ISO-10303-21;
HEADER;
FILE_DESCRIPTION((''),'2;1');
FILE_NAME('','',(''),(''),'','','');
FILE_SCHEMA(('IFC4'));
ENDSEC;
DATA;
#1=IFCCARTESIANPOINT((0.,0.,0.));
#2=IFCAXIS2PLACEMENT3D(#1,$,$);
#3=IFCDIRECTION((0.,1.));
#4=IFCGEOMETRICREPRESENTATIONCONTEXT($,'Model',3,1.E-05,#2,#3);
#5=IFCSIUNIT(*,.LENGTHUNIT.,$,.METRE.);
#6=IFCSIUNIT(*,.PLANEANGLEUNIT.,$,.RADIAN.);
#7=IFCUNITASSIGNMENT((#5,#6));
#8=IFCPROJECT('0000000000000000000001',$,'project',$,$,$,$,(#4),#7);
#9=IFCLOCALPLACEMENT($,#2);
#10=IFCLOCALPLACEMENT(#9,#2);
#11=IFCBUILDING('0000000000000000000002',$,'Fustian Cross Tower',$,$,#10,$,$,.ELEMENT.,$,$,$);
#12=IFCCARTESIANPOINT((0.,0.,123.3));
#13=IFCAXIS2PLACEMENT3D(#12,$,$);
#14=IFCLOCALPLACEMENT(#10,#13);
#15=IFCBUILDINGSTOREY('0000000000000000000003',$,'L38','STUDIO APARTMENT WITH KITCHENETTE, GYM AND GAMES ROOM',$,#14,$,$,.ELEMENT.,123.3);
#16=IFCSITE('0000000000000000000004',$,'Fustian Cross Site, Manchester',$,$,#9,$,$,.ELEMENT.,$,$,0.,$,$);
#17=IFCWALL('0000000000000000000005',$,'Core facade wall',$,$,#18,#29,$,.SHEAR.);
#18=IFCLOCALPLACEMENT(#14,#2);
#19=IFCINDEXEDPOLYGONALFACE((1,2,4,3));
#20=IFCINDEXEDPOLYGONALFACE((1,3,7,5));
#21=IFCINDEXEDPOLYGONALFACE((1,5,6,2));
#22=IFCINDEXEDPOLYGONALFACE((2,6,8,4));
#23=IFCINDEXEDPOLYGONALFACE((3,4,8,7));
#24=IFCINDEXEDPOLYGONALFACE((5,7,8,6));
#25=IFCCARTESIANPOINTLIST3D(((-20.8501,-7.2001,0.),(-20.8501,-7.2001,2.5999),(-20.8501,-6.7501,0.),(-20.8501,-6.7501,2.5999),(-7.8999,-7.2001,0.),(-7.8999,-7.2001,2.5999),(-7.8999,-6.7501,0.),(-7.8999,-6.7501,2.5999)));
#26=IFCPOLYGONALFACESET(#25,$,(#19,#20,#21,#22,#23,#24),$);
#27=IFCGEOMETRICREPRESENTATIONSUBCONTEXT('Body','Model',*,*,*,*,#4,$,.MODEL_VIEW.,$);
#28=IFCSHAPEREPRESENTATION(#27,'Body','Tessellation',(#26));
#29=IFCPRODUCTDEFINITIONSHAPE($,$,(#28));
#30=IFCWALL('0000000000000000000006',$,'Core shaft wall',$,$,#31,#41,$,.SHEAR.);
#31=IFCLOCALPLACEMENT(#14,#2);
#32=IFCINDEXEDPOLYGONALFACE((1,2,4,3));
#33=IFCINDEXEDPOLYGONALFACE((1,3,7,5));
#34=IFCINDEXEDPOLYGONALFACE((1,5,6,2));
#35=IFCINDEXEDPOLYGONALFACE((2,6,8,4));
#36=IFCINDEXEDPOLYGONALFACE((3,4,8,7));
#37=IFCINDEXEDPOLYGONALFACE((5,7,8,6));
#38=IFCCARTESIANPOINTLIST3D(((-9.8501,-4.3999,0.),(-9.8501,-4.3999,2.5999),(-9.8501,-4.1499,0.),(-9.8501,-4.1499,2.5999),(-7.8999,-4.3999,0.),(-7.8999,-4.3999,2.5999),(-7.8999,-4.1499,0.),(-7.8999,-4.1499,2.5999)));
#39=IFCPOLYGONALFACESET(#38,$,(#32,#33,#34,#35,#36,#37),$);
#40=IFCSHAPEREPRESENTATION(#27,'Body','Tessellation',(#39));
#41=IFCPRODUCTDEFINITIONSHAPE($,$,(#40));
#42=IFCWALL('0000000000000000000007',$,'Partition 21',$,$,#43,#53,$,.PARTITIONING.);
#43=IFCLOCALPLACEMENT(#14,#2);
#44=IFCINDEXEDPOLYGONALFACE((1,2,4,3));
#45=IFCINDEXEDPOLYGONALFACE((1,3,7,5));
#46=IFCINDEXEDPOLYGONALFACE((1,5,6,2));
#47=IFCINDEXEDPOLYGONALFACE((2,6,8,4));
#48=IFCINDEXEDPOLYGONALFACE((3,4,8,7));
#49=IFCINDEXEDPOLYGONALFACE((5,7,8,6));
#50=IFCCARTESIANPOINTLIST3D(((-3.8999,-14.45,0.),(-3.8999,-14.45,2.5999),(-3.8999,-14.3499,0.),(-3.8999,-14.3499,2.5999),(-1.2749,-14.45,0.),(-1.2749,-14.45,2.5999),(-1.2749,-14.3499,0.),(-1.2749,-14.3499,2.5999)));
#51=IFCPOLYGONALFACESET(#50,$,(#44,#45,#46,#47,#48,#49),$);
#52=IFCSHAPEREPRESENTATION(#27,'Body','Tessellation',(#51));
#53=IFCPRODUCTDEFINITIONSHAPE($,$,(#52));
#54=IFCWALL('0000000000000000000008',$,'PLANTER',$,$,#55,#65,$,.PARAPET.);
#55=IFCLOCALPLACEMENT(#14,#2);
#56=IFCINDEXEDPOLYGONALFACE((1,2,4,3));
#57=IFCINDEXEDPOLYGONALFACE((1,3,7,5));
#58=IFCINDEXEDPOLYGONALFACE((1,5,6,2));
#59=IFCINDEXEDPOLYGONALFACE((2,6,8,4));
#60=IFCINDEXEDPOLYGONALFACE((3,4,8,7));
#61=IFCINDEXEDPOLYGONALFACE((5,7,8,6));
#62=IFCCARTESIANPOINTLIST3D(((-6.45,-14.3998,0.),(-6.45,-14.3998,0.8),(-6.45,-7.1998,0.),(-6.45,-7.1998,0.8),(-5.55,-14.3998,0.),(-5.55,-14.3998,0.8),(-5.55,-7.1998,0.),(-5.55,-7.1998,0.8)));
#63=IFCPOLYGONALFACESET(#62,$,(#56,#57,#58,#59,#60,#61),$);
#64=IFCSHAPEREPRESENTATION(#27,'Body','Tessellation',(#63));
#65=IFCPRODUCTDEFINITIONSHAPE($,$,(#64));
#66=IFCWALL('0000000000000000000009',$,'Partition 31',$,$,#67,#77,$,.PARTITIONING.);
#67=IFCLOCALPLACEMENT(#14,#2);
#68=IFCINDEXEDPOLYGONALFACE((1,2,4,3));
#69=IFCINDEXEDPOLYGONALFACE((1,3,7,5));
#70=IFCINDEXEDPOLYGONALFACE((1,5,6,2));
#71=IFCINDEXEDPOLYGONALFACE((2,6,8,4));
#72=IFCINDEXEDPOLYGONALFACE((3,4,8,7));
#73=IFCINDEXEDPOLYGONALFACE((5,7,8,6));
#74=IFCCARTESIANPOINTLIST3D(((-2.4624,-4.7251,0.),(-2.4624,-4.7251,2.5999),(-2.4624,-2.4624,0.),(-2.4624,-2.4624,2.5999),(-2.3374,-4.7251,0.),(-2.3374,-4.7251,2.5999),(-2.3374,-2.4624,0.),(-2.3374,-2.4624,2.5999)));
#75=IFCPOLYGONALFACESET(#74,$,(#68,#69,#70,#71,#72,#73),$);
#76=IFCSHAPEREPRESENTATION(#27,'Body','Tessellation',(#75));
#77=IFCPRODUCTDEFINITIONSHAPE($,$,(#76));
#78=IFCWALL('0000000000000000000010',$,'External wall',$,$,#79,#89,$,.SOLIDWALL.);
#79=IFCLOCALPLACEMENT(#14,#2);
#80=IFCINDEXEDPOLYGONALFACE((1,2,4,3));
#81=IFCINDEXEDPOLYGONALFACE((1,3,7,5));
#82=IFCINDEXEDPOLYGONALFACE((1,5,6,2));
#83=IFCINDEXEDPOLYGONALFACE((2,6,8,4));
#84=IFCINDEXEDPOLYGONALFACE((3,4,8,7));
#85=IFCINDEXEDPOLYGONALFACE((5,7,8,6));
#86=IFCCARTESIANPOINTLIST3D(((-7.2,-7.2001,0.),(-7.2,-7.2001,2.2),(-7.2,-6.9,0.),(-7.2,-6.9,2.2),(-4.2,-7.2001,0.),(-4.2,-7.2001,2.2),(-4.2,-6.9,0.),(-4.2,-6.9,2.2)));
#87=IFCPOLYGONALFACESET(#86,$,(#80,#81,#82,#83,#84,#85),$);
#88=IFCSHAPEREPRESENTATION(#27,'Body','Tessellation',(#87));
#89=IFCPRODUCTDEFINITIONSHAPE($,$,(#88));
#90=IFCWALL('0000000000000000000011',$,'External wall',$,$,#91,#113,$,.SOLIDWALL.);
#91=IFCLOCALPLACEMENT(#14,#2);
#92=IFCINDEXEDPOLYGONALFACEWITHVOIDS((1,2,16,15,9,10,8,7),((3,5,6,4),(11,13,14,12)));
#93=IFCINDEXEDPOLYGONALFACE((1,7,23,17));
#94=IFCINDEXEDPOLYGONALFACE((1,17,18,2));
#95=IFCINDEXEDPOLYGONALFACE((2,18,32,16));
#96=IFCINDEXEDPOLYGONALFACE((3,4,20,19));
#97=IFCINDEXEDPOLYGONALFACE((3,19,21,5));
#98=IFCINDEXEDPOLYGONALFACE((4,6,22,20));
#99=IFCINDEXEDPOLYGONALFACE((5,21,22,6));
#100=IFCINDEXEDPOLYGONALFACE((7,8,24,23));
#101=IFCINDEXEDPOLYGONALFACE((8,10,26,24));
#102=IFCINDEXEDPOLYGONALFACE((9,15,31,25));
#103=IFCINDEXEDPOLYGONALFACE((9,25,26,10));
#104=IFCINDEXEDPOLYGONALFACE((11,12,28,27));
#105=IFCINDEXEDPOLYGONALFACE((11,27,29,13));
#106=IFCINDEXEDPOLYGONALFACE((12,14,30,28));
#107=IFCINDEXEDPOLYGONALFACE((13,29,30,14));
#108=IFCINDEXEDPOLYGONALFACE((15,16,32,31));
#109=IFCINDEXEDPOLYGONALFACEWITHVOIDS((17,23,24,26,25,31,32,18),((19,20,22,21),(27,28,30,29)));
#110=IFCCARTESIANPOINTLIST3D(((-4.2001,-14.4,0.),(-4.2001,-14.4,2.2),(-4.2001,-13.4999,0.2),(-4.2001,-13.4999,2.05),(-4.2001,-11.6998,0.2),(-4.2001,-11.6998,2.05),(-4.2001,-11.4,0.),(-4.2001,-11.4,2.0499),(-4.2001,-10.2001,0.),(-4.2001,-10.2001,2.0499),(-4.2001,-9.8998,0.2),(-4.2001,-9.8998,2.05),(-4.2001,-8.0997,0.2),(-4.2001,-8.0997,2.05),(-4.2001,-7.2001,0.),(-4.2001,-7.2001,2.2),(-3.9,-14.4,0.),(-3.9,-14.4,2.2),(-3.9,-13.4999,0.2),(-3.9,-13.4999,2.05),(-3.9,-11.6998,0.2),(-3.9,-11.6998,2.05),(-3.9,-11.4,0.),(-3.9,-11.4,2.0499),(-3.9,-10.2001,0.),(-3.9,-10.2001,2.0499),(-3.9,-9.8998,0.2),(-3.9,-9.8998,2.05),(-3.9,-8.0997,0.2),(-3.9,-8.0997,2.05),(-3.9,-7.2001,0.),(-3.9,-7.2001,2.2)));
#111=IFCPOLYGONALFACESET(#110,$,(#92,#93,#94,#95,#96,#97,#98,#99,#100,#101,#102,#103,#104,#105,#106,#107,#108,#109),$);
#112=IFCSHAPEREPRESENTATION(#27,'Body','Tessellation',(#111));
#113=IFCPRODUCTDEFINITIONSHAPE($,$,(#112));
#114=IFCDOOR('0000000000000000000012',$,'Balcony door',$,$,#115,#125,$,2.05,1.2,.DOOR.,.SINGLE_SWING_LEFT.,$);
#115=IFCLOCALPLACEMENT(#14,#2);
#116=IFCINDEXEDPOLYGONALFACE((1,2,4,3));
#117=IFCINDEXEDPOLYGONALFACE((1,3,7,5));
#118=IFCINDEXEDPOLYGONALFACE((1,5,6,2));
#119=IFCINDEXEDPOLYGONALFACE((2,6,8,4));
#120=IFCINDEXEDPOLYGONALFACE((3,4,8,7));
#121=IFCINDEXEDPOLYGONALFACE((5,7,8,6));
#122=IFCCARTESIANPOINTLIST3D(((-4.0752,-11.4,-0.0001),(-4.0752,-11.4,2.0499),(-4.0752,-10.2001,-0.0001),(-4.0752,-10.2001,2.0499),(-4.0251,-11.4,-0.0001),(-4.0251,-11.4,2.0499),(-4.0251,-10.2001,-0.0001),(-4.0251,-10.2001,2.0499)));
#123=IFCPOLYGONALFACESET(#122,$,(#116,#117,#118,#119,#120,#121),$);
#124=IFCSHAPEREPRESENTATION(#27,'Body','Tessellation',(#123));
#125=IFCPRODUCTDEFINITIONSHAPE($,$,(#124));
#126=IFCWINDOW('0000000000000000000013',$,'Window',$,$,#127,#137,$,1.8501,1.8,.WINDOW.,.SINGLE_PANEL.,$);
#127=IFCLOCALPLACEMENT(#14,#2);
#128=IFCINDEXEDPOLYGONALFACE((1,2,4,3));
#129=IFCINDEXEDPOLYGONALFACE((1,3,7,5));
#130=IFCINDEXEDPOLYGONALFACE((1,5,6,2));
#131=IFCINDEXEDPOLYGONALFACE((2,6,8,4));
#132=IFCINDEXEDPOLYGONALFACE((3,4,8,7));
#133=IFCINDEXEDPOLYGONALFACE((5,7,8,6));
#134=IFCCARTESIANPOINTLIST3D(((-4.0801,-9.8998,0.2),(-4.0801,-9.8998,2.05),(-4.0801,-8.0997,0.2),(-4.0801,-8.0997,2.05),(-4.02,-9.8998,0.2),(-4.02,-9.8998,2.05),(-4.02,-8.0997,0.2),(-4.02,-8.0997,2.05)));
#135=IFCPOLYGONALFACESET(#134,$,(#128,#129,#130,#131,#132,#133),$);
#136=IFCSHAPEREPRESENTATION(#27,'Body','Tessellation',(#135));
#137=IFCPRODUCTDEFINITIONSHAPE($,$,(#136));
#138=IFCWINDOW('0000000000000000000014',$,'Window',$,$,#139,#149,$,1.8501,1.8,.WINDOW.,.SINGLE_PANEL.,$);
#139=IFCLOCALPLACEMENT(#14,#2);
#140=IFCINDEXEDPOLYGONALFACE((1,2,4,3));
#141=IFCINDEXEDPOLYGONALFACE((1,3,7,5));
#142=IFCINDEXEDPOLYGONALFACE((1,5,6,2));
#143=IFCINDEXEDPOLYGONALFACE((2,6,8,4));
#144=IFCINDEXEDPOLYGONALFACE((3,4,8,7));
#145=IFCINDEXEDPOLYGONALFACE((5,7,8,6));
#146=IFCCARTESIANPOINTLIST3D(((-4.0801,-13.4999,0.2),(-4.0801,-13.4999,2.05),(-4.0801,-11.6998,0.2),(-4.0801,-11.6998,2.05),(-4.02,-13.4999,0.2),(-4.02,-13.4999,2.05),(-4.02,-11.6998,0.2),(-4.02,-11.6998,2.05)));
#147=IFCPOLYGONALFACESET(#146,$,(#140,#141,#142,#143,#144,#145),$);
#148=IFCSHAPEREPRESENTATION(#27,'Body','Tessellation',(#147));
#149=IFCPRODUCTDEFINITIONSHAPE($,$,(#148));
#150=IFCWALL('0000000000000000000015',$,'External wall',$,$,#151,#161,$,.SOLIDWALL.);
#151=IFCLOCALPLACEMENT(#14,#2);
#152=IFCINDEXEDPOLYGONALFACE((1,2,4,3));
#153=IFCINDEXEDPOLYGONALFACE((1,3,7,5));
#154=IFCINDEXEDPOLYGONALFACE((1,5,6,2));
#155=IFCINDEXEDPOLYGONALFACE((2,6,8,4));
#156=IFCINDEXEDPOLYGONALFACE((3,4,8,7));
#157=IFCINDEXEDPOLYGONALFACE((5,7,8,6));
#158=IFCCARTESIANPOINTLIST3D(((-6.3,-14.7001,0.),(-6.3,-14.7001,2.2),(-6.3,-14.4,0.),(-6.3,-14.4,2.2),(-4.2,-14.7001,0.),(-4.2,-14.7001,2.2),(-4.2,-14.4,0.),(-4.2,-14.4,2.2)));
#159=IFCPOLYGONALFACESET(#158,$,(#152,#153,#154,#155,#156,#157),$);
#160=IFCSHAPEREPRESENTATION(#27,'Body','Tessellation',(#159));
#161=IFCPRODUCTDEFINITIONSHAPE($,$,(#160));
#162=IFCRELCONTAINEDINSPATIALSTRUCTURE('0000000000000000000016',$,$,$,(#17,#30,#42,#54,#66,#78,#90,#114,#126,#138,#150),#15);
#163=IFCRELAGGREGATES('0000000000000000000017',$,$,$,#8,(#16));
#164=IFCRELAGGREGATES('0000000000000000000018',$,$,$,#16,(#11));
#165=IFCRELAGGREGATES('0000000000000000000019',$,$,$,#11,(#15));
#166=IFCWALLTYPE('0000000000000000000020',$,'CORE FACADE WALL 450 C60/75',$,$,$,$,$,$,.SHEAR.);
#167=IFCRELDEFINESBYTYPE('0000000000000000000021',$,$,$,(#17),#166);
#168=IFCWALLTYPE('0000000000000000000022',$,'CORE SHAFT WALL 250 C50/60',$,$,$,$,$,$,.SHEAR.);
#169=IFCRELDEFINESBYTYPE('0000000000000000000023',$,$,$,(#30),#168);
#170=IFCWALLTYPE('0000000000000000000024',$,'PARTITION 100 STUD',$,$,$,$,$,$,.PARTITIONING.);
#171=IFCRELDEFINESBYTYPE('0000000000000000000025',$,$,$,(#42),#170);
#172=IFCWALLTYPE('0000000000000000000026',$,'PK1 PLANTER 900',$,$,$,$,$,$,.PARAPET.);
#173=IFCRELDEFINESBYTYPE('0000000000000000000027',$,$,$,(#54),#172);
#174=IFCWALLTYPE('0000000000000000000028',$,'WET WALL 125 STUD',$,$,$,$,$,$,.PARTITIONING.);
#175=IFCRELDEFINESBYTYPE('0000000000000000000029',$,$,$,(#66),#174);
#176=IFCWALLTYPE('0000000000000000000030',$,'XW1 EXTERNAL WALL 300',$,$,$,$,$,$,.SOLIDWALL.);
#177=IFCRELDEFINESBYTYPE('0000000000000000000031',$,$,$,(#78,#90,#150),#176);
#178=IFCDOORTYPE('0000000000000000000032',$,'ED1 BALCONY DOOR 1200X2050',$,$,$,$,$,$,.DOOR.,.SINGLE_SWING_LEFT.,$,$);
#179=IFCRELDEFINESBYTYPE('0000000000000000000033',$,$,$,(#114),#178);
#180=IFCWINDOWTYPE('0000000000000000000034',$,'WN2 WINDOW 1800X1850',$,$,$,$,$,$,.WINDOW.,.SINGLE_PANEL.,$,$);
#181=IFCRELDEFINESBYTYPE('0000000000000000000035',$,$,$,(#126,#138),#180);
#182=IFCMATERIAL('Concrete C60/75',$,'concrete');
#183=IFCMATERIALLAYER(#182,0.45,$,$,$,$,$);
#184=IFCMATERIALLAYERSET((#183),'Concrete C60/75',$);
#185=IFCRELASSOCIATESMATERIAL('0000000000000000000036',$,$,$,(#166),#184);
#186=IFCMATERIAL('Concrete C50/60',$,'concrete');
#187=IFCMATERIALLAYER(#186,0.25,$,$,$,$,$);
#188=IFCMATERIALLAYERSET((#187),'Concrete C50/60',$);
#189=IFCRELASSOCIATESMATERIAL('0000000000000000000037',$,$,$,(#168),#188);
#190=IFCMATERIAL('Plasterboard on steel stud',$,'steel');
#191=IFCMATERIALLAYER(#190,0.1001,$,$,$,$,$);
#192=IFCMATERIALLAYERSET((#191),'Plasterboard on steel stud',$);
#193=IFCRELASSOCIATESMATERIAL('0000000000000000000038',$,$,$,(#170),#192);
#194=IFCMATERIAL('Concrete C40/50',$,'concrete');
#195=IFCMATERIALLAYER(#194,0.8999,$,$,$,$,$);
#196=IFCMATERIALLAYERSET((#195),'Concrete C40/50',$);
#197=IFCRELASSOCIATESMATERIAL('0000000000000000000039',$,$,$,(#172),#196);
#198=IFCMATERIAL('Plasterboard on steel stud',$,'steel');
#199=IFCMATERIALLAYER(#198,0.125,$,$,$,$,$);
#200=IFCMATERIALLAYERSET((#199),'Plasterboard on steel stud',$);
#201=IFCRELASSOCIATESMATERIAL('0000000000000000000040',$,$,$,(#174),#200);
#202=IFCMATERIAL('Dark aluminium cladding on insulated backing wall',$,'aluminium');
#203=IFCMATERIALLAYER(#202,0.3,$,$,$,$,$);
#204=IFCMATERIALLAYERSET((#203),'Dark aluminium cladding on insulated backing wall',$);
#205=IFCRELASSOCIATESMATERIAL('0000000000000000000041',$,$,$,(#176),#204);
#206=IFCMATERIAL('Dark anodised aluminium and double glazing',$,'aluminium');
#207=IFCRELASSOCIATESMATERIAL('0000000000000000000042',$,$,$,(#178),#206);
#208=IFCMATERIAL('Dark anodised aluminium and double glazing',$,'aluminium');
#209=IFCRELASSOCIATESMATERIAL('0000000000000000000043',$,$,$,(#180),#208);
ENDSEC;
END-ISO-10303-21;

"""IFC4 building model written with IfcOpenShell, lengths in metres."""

from ifc_helpers import new_model, si_unit, direction, frame, frame_2d, origin, place, context, subcontext, project, spatial, rectangle, extrude, material, layer, layer_set, type_object, element, fill, save


model = new_model("IFC4")

# Units and contexts
model_context = context("Model", 3, precision=1e-05, world=origin(), true_north=direction((0.0, 1.0)))
body_context = subcontext(model_context, "Body", "Model", "MODEL_VIEW")
ifc_project = project(units=[si_unit("LENGTHUNIT", "METRE"), si_unit("PLANEANGLEUNIT", "RADIAN")], contexts=[model_context])

# Site, building, storey
site_placement = place(None, origin())
site = spatial("IfcSite", under=ifc_project, at=site_placement, Name="Fustian Cross Site, Manchester", CompositionType="ELEMENT", RefElevation=0.0)
building_placement = place(site_placement, origin())
building = spatial("IfcBuilding", under=site, at=building_placement, Name="Fustian Cross Tower", CompositionType="ELEMENT")
storey_placement = place(building_placement, frame((0.0, 0.0, 123.3)))
storey = spatial("IfcBuildingStorey", under=building, at=storey_placement, Name="L38", Description="STUDIO APARTMENT WITH KITCHENETTE, GYM AND GAMES ROOM", CompositionType="ELEMENT", Elevation=123.3)

# Walls
ifc_material_1 = material(Name="Concrete C60/75", Category="concrete")
ifc_layer_1 = layer(ifc_material_1, 0.45)
ifc_layer_set_1 = layer_set([ifc_layer_1], Name="Concrete C60/75")
wall_type_1 = type_object("IfcWallType", Name="CORE FACADE WALL 450 C60/75", PredefinedType="SHEAR", material=ifc_layer_set_1)
wall_1_placement = place(storey_placement, frame((-7.8999, -6.9751, 0.0), z_axis=(0.0, 0.0, 1.0), x_axis=(-1.0, 0.0, 0.0)))
element("IfcWall", 1, at=wall_1_placement, inside=storey, type_object=wall_type_1, Name="Core facade wall", PredefinedType="SHEAR", context=body_context, shape_type="SweptSolid", body=[
    extrude(rectangle(XDim=12.9502, YDim=0.45, at=frame_2d((6.4751, 0.0))), origin(), (0.0, 0.0, 1.0), 2.5999),
])
ifc_material_2 = material(Name="Concrete C50/60", Category="concrete")
ifc_layer_2 = layer(ifc_material_2, 0.25)
ifc_layer_set_2 = layer_set([ifc_layer_2], Name="Concrete C50/60")
wall_type_2 = type_object("IfcWallType", Name="CORE SHAFT WALL 250 C50/60", PredefinedType="SHEAR", material=ifc_layer_set_2)
wall_2_placement = place(storey_placement, frame((-7.8999, -4.2749, 0.0), z_axis=(0.0, 0.0, 1.0), x_axis=(-1.0, 0.0, 0.0)))
element("IfcWall", 2, at=wall_2_placement, inside=storey, type_object=wall_type_2, Name="Core shaft wall", PredefinedType="SHEAR", context=body_context, shape_type="SweptSolid", body=[
    extrude(rectangle(XDim=1.9502, YDim=0.25, at=frame_2d((0.9751, 0.0))), origin(), (0.0, 0.0, 1.0), 2.5999),
])
ifc_material_3 = material(Name="Plasterboard on steel stud", Category="steel")
ifc_layer_3 = layer(ifc_material_3, 0.1001)
ifc_layer_set_3 = layer_set([ifc_layer_3], Name="Plasterboard on steel stud")
wall_type_3 = type_object("IfcWallType", Name="PARTITION 100 STUD", PredefinedType="PARTITIONING", material=ifc_layer_set_3)
wall_3_placement = place(storey_placement, frame((-3.8999, -14.3999, 0.0), z_axis=(0.0, 0.0, 1.0), x_axis=(1.0, 0.0, 0.0)))
element("IfcWall", 3, at=wall_3_placement, inside=storey, type_object=wall_type_3, Name="Partition 21", PredefinedType="PARTITIONING", context=body_context, shape_type="SweptSolid", body=[
    extrude(rectangle(XDim=2.625, YDim=0.1001, at=frame_2d((1.3125, 0.0))), origin(), (0.0, 0.0, 1.0), 2.5999),
])
ifc_material_4 = material(Name="Concrete C40/50", Category="concrete")
ifc_layer_4 = layer(ifc_material_4, 0.8999)
ifc_layer_set_4 = layer_set([ifc_layer_4], Name="Concrete C40/50")
wall_type_4 = type_object("IfcWallType", Name="PK1 PLANTER 900", PredefinedType="PARAPET", material=ifc_layer_set_4)
wall_4_placement = place(storey_placement, frame((-6.0, -14.3999, 0.0), z_axis=(0.0, 0.0, 1.0), x_axis=(0.0, 1.0, 0.0)))
element("IfcWall", 4, at=wall_4_placement, inside=storey, type_object=wall_type_4, Name="PLANTER", PredefinedType="PARAPET", context=body_context, shape_type="SweptSolid", body=[
    extrude(rectangle(XDim=7.2, YDim=0.8999, at=frame_2d((3.6001, 0.0))), origin(), (0.0, 0.0, 1.0), 0.8),
])
ifc_material_5 = material(Name="Plasterboard on steel stud", Category="steel")
ifc_layer_5 = layer(ifc_material_5, 0.125)
ifc_layer_set_5 = layer_set([ifc_layer_5], Name="Plasterboard on steel stud")
wall_type_5 = type_object("IfcWallType", Name="WET WALL 125 STUD", PredefinedType="PARTITIONING", material=ifc_layer_set_5)
wall_5_placement = place(storey_placement, frame((-2.3999, -4.7251, 0.0), z_axis=(0.0, 0.0, 1.0), x_axis=(0.0, 1.0, 0.0)))
element("IfcWall", 5, at=wall_5_placement, inside=storey, type_object=wall_type_5, Name="Partition 31", PredefinedType="PARTITIONING", context=body_context, shape_type="SweptSolid", body=[
    extrude(rectangle(XDim=2.2627, YDim=0.125, at=frame_2d((1.1313, 0.0))), origin(), (0.0, 0.0, 1.0), 2.5999),
])
ifc_material_6 = material(Name="Dark aluminium cladding on insulated backing wall", Category="aluminium")
ifc_layer_6 = layer(ifc_material_6, 0.3)
ifc_layer_set_6 = layer_set([ifc_layer_6], Name="Dark aluminium cladding on insulated backing wall")
wall_type_6 = type_object("IfcWallType", Name="XW1 EXTERNAL WALL 300", PredefinedType="SOLIDWALL", material=ifc_layer_set_6)
wall_6_placement = place(storey_placement, frame((-7.2, -7.05, 0.0), z_axis=(0.0, 0.0, 1.0), x_axis=(1.0, 0.0, 0.0)))
element("IfcWall", 6, at=wall_6_placement, inside=storey, type_object=wall_type_6, Name="External wall", PredefinedType="SOLIDWALL", context=body_context, shape_type="SweptSolid", body=[
    extrude(rectangle(XDim=3.0, YDim=0.3, at=frame_2d((1.5, 0.0))), origin(), (0.0, 0.0, 1.0), 2.2),
])

# Wall, openings, door, windows
wall_7_placement = place(storey_placement, frame((-4.05, -7.2, 0.0), z_axis=(0.0, 0.0, 1.0), x_axis=(0.0, -1.0, 0.0)))
wall_7 = element("IfcWall", 7, at=wall_7_placement, inside=storey, type_object=wall_type_6, Name="External wall", PredefinedType="SOLIDWALL", context=body_context, shape_type="SweptSolid", body=[
    extrude(rectangle(XDim=7.2, YDim=0.3, at=frame_2d((3.6001, 0.0))), origin(), (0.0, 0.0, 1.0), 2.2),
])
opening_1_placement = place(wall_7_placement, frame((3.0, 0.0, 0.0)))
opening_1 = element("IfcOpeningElement", 8, at=opening_1_placement, cuts=wall_7, PredefinedType="OPENING", context=body_context, shape_type="SweptSolid", body=[
    extrude(rectangle(XDim=1.2, YDim=2.05, at=frame_2d((0.6001, 1.0249))), frame((0.0, 0.1599, 0.0), z_axis=(0.0, -1.0, 0.0), x_axis=(1.0, 0.0, 0.0)), (0.0, 0.0, 1.0), 0.3201),
])
opening_2_placement = place(wall_7_placement, frame((0.8999, 0.0, 0.2)))
opening_2 = element("IfcOpeningElement", 9, at=opening_2_placement, cuts=wall_7, PredefinedType="OPENING", context=body_context, shape_type="SweptSolid", body=[
    extrude(rectangle(XDim=1.8, YDim=1.8501, at=frame_2d((0.8999, 0.925))), frame((0.0, 0.1599, 0.0), z_axis=(0.0, -1.0, 0.0), x_axis=(1.0, 0.0, 0.0)), (0.0, 0.0, 1.0), 0.3201),
])
opening_3_placement = place(wall_7_placement, frame((4.5, 0.0, 0.2)))
opening_3 = element("IfcOpeningElement", 10, at=opening_3_placement, cuts=wall_7, PredefinedType="OPENING", context=body_context, shape_type="SweptSolid", body=[
    extrude(rectangle(XDim=1.8, YDim=1.8501, at=frame_2d((0.8999, 0.925))), frame((0.0, 0.1599, 0.0), z_axis=(0.0, -1.0, 0.0), x_axis=(1.0, 0.0, 0.0)), (0.0, 0.0, 1.0), 0.3201),
])
ifc_material_7 = material(Name="Dark anodised aluminium and double glazing", Category="aluminium")
door_type_1 = type_object("IfcDoorType", Name="ED1 BALCONY DOOR 1200X2050", OperationType="SINGLE_SWING_LEFT", PredefinedType="DOOR", material=ifc_material_7)
door_1_placement = place(opening_1_placement, origin())
door_1 = element("IfcDoor", 11, at=door_1_placement, inside=storey, type_object=door_type_1, Name="Balcony door", OperationType="SINGLE_SWING_LEFT", OverallHeight=2.05, OverallWidth=1.2, PredefinedType="DOOR", context=body_context, shape_type="SweptSolid", body=[
    extrude(rectangle(XDim=1.2, YDim=2.05, at=frame_2d((0.6001, 1.0249))), frame((0.0, 0.0249, 0.0), z_axis=(0.0, -1.0, 0.0), x_axis=(1.0, 0.0, 0.0)), (0.0, 0.0, 1.0), 0.05),
])
fill(opening_1, door_1)
ifc_material_8 = material(Name="Dark anodised aluminium and double glazing", Category="aluminium")
window_type = type_object("IfcWindowType", Name="WN2 WINDOW 1800X1850", PartitioningType="SINGLE_PANEL", PredefinedType="WINDOW", material=ifc_material_8)
window_1_placement = place(opening_2_placement, origin())
window_1 = element("IfcWindow", 12, at=window_1_placement, inside=storey, type_object=window_type, Name="Window", OverallHeight=1.8501, OverallWidth=1.8, PartitioningType="SINGLE_PANEL", PredefinedType="WINDOW", context=body_context, shape_type="SweptSolid", body=[
    extrude(rectangle(XDim=1.8, YDim=1.8501, at=frame_2d((0.8999, 0.925))), frame((0.0, 0.03, 0.0), z_axis=(0.0, -1.0, 0.0), x_axis=(1.0, 0.0, 0.0)), (0.0, 0.0, 1.0), 0.0601),
])
fill(opening_2, window_1)
window_2_placement = place(opening_3_placement, origin())
window_2 = element("IfcWindow", 13, at=window_2_placement, inside=storey, type_object=window_type, Name="Window", OverallHeight=1.8501, OverallWidth=1.8, PartitioningType="SINGLE_PANEL", PredefinedType="WINDOW", context=body_context, shape_type="SweptSolid", body=[
    extrude(rectangle(XDim=1.8, YDim=1.8501, at=frame_2d((0.8999, 0.925))), frame((0.0, 0.03, 0.0), z_axis=(0.0, -1.0, 0.0), x_axis=(1.0, 0.0, 0.0)), (0.0, 0.0, 1.0), 0.0601),
])
fill(opening_3, window_2)

# Wall
wall_8_placement = place(storey_placement, frame((-4.2, -14.55, 0.0), z_axis=(0.0, 0.0, 1.0), x_axis=(-1.0, 0.0, 0.0)))
element("IfcWall", 14, at=wall_8_placement, inside=storey, type_object=wall_type_6, Name="External wall", PredefinedType="SOLIDWALL", context=body_context, shape_type="SweptSolid", body=[
    extrude(rectangle(XDim=2.1001, YDim=0.3, at=frame_2d((1.05, 0.0))), origin(), (0.0, 0.0, 1.0), 2.2),
])

save(model, "model.ifc")
